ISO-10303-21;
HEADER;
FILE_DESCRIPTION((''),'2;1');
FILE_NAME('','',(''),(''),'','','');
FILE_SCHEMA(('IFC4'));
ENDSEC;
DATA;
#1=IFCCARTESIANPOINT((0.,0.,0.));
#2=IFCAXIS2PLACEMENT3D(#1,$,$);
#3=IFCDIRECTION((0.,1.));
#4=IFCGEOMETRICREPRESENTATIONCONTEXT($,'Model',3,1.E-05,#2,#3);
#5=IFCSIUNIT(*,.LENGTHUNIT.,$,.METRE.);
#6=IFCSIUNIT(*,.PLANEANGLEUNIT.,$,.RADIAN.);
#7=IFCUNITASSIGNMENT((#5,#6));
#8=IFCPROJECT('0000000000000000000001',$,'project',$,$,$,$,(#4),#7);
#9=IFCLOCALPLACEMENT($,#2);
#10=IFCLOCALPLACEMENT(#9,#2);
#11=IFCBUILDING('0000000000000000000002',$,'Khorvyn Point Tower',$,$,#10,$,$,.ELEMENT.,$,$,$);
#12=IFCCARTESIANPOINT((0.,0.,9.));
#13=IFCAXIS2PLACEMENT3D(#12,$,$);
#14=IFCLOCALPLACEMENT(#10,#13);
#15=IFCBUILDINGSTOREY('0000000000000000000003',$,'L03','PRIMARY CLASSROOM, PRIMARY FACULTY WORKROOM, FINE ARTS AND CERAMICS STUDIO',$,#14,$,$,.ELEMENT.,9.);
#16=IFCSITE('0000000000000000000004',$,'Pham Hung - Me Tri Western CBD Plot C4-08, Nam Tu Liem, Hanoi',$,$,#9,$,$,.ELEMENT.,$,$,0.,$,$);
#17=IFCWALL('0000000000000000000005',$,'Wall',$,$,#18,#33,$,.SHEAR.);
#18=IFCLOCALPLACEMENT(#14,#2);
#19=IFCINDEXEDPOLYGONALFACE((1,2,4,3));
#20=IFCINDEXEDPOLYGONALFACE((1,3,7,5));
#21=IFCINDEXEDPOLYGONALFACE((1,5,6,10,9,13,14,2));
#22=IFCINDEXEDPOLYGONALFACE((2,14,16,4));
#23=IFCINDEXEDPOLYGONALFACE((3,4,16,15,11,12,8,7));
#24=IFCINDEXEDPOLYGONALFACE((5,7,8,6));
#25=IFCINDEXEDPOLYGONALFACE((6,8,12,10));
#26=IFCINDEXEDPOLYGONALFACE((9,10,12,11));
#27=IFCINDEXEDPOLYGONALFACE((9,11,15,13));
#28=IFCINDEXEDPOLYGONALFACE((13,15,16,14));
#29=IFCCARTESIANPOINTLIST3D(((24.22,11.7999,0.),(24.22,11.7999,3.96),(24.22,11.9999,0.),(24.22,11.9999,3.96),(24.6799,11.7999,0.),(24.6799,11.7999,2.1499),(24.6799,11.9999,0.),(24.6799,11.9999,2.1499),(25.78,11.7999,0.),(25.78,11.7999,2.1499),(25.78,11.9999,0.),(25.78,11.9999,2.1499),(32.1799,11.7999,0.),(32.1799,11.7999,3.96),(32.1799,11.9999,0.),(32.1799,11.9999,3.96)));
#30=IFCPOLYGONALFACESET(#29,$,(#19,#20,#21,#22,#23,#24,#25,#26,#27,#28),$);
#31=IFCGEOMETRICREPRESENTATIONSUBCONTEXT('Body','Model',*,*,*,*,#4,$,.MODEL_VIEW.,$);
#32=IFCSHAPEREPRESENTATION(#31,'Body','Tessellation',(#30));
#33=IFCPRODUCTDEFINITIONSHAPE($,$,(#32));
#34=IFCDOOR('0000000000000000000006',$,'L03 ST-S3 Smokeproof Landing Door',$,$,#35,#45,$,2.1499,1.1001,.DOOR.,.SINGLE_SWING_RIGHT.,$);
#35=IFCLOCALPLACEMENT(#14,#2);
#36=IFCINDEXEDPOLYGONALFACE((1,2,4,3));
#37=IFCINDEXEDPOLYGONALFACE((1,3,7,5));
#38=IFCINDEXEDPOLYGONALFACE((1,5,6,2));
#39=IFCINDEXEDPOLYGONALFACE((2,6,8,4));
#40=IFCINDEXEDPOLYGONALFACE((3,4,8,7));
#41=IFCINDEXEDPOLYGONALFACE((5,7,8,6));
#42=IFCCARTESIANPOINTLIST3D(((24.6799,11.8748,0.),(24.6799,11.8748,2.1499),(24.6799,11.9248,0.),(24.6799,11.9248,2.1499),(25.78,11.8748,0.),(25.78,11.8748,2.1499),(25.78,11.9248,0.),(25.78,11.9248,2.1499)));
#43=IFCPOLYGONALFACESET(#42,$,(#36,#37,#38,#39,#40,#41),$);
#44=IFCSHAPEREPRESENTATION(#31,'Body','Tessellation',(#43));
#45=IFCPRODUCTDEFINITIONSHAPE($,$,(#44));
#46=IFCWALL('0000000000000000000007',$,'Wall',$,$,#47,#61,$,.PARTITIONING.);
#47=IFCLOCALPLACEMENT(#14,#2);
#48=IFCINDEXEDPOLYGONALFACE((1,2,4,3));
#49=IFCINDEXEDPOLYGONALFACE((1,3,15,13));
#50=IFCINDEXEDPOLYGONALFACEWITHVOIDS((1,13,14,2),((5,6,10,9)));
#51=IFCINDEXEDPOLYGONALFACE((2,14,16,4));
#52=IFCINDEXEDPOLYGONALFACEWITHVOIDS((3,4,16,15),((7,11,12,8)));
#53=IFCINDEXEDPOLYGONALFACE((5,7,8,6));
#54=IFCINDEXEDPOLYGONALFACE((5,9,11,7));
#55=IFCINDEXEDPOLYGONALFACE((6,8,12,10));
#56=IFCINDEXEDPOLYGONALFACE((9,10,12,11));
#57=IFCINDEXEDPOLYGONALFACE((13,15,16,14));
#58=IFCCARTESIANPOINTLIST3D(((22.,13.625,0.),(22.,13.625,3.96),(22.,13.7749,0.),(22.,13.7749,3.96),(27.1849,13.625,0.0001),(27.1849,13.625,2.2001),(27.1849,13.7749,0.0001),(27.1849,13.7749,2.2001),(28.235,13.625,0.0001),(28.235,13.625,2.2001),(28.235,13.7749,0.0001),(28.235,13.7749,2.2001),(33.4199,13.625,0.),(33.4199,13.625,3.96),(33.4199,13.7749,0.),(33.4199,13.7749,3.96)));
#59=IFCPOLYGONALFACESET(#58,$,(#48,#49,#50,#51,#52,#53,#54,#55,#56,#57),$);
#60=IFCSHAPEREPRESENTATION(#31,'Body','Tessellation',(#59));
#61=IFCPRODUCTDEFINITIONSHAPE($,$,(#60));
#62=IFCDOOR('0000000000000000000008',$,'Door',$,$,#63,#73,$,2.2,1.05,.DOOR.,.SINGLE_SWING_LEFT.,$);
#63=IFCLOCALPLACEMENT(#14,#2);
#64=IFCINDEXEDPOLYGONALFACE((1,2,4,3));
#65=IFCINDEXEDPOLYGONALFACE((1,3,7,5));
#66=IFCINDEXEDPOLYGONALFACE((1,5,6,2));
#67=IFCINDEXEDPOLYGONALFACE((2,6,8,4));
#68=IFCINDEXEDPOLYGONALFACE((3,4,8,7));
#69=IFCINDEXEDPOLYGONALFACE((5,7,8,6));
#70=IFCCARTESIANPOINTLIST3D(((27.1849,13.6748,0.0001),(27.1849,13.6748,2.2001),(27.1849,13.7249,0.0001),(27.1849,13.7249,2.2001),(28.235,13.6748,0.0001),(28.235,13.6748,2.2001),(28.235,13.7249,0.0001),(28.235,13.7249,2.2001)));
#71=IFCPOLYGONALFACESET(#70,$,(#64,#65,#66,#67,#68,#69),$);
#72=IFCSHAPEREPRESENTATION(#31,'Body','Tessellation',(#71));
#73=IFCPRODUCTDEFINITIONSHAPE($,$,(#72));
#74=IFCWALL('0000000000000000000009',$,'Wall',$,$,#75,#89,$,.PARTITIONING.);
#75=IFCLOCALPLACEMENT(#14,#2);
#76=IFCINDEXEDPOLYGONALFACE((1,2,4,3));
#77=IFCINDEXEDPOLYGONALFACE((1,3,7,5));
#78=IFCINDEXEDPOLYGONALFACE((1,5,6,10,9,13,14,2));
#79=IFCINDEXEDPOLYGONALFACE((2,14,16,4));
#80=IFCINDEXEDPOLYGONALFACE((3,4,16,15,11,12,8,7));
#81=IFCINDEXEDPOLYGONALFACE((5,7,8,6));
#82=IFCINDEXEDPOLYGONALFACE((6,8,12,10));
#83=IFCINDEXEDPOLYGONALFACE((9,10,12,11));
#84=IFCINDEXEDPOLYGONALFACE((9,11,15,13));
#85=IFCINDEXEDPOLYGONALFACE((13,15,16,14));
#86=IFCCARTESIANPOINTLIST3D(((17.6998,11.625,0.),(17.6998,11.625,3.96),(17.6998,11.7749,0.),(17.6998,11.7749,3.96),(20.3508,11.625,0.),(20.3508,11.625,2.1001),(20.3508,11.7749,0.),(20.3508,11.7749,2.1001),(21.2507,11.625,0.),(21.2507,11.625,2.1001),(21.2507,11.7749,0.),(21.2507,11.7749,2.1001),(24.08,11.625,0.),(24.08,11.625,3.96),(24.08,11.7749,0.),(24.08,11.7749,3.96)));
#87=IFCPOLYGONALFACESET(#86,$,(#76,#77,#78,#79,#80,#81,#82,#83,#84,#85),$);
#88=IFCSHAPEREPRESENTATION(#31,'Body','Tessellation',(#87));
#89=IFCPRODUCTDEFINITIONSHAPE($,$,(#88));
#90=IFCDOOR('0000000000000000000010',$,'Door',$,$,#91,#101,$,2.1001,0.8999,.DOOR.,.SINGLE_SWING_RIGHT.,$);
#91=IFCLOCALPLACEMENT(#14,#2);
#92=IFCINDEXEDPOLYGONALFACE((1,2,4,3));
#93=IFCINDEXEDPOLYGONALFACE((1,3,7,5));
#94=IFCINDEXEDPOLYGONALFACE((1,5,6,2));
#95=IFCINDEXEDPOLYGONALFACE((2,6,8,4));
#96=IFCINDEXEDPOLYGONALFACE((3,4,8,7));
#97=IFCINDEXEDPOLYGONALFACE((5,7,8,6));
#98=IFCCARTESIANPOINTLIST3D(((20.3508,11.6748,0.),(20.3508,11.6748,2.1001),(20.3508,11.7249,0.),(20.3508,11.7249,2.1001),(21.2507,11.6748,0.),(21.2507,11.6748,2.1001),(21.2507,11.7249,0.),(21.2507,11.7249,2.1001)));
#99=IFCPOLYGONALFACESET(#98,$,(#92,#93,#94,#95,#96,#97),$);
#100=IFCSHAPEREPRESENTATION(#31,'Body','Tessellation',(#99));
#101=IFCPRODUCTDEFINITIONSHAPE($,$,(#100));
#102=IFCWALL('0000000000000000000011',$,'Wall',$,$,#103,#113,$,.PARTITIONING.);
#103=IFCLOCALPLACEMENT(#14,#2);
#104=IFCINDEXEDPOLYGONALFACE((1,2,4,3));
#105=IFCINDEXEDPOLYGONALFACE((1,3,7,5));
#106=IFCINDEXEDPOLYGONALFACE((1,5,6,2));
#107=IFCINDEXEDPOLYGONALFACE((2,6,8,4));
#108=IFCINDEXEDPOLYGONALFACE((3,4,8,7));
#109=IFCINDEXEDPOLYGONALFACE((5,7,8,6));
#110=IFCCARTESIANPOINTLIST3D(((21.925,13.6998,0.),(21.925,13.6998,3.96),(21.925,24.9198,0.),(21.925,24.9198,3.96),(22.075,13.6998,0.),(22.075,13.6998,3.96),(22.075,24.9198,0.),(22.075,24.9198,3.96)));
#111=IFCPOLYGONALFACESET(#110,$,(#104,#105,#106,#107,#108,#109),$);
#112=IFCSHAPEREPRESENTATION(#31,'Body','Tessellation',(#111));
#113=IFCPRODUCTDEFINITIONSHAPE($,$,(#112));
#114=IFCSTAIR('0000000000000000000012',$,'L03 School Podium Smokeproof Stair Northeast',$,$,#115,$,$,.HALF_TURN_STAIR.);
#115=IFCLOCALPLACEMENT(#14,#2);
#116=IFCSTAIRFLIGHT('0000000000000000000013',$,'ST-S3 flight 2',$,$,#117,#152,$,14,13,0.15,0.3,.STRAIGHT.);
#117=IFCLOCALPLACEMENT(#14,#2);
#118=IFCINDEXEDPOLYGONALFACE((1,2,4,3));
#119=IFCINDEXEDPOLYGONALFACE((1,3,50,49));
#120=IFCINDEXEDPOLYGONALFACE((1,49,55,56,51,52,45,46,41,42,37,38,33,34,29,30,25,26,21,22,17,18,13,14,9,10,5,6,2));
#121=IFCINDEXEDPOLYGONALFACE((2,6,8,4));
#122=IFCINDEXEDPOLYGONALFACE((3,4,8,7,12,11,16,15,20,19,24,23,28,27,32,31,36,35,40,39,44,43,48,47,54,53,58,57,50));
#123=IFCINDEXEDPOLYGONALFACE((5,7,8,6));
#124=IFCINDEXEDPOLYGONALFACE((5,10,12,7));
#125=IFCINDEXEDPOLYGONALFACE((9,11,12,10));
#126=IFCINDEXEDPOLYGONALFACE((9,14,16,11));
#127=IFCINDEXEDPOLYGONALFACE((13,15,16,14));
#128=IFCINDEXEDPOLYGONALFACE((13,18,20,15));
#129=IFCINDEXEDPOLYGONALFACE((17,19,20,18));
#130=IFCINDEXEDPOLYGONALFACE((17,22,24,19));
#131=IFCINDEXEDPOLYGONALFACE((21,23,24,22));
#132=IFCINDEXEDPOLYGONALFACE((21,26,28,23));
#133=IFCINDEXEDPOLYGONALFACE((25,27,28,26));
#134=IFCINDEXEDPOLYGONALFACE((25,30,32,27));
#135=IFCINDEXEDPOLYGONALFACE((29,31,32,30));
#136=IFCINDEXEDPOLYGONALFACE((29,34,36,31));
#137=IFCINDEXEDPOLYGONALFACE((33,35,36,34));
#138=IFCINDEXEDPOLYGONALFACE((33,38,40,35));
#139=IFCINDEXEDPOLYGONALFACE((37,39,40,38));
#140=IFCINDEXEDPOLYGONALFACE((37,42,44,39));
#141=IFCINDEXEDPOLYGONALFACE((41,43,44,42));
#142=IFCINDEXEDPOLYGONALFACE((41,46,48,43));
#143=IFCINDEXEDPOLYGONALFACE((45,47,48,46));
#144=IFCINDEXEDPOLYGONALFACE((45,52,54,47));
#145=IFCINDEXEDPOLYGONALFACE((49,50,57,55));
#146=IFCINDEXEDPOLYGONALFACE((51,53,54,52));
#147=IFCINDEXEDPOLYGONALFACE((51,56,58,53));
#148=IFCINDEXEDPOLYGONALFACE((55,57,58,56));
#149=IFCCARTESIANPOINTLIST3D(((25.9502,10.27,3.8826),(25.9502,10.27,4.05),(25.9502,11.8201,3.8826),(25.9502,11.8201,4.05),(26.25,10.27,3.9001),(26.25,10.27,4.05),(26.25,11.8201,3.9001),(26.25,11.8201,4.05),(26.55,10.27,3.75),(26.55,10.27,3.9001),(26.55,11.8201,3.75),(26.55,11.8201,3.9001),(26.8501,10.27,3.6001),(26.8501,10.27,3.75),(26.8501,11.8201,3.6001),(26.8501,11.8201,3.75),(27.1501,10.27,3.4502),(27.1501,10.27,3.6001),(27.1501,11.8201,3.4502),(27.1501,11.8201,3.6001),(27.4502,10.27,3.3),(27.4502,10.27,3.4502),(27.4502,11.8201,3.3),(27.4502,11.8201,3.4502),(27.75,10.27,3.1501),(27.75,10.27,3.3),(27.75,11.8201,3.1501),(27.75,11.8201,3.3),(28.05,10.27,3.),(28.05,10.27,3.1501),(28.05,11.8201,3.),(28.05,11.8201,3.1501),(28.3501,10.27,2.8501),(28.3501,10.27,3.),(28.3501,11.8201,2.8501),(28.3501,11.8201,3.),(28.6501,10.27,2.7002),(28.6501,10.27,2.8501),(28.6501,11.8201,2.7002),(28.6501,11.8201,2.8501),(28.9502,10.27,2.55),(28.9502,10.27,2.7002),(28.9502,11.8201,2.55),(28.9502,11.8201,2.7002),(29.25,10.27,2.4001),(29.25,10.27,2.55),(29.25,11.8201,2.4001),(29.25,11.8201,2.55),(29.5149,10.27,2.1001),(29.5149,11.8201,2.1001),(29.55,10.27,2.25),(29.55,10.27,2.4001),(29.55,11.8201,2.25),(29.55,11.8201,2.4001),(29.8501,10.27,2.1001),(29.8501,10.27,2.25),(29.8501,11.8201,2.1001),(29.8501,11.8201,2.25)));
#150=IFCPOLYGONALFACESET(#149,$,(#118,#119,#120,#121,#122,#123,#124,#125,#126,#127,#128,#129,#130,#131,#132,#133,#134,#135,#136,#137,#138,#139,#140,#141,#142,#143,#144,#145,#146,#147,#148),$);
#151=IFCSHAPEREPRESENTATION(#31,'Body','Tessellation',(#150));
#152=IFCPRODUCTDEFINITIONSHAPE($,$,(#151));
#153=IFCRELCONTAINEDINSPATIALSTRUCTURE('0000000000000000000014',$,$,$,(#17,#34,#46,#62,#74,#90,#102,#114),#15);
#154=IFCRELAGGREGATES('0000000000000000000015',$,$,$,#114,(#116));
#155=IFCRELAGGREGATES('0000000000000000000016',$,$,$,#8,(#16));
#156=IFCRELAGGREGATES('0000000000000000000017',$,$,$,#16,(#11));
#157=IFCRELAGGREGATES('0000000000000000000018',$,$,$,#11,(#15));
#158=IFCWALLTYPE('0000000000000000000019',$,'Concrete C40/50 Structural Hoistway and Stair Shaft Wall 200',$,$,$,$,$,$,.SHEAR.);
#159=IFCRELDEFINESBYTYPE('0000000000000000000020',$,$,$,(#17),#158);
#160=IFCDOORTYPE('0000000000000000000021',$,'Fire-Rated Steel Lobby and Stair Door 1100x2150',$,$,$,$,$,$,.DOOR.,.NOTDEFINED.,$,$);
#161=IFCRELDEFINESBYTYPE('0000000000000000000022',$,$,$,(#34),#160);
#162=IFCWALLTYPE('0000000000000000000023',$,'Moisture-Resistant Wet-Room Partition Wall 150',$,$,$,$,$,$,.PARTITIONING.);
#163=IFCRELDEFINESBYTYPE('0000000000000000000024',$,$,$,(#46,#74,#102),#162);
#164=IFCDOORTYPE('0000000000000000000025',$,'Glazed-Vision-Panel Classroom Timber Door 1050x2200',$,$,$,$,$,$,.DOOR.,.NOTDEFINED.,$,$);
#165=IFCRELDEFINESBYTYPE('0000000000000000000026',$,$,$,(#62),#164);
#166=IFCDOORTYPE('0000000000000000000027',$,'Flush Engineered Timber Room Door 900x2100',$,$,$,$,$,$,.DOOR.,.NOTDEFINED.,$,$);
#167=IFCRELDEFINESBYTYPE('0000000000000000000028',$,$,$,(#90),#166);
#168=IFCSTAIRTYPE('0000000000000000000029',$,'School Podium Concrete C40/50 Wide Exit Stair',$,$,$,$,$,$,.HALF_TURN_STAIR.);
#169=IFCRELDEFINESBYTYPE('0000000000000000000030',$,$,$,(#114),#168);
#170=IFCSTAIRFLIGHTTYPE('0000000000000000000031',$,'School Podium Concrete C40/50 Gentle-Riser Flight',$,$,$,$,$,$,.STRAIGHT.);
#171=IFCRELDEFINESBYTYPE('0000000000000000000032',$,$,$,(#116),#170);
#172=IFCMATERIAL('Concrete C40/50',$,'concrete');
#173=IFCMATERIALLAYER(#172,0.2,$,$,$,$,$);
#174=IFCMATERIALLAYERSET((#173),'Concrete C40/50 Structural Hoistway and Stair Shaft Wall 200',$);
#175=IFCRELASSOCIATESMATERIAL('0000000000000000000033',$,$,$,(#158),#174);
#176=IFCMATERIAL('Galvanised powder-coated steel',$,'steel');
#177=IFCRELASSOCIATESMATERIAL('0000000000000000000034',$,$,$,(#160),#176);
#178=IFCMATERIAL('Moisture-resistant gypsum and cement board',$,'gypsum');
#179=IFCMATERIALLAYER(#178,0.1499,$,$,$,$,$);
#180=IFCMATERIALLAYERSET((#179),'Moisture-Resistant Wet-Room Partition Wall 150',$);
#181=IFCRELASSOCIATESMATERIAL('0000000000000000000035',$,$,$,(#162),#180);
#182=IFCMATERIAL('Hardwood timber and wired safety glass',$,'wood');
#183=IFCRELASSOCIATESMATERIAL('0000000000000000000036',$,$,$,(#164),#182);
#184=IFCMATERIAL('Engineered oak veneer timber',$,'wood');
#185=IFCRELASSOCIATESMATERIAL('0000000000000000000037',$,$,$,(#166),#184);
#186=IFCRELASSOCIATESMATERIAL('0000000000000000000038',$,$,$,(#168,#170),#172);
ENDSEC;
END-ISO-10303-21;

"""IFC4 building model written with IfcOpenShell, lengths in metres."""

from ifc_helpers import new_model, si_unit, direction, frame, frame_2d, origin, place, context, subcontext, project, spatial, polyline, rectangle, outline, extrude, material, layer, layer_set, type_object, element, fill, aggregate, save


model = new_model("IFC4")

# Units and contexts
model_context = context("Model", 3, precision=1e-05, world=origin(), true_north=direction((0.0, 1.0)))
body_context = subcontext(model_context, "Body", "Model", "MODEL_VIEW")
ifc_project = project(units=[si_unit("LENGTHUNIT", "METRE"), si_unit("PLANEANGLEUNIT", "RADIAN")], contexts=[model_context])

# Site, building, storey
site_placement = place(None, origin())
site = spatial("IfcSite", under=ifc_project, at=site_placement, Name="Pham Hung - Me Tri Western CBD Plot C4-08, Nam Tu Liem, Hanoi", CompositionType="ELEMENT", RefElevation=0.0)
building_placement = place(site_placement, origin())
building = spatial("IfcBuilding", under=site, at=building_placement, Name="Khorvyn Point Tower", CompositionType="ELEMENT")
storey_placement = place(building_placement, frame((0.0, 0.0, 9.0)))
storey = spatial("IfcBuildingStorey", under=building, at=storey_placement, Name="L03", Description="PRIMARY CLASSROOM, PRIMARY FACULTY WORKROOM, FINE ARTS AND CERAMICS STUDIO", CompositionType="ELEMENT", Elevation=9.0)

# Shared definitions
ifc_material_1 = material(Name="Concrete C40/50", Category="concrete")

# Shared definitions
ifc_layer_1 = layer(ifc_material_1, 0.2)
ifc_layer_set_1 = layer_set([ifc_layer_1], Name="Concrete C40/50 Structural Hoistway and Stair Shaft Wall 200")
wall_type_1 = type_object("IfcWallType", Name="Concrete C40/50 Structural Hoistway and Stair Shaft Wall 200", PredefinedType="SHEAR", material=ifc_layer_set_1)

# Walls, openings, doors
wall_1_placement = place(storey_placement, frame((24.22, 11.8999, 0.0), z_axis=(0.0, 0.0, 1.0), x_axis=(1.0, 0.0, 0.0)))
wall_1 = element("IfcWall", 1, at=wall_1_placement, inside=storey, type_object=wall_type_1, Name="Wall", PredefinedType="SHEAR", context=body_context, shape_type="SweptSolid", body=[
    extrude(rectangle(XDim=7.96, YDim=0.2, at=frame_2d((3.98, 0.0))), origin(), (0.0, 0.0, 1.0), 3.96),
])
opening_1_placement = place(wall_1_placement, frame((0.46, 0.0, 0.0)))
opening_1 = element("IfcOpeningElement", 2, at=opening_1_placement, cuts=wall_1, PredefinedType="OPENING", context=body_context, shape_type="SweptSolid", body=[
    extrude(rectangle(XDim=1.1001, YDim=2.1499, at=frame_2d((0.55, 1.075))), frame((0.0, 0.1099, 0.0), z_axis=(0.0, -1.0, 0.0), x_axis=(1.0, 0.0, 0.0)), (0.0, 0.0, 1.0), 0.22),
])
ifc_material_2 = material(Name="Galvanised powder-coated steel", Category="steel")
door_type_1 = type_object("IfcDoorType", Name="Fire-Rated Steel Lobby and Stair Door 1100x2150", OperationType="NOTDEFINED", PredefinedType="DOOR", material=ifc_material_2)
door_1_placement = place(opening_1_placement, origin())
door_1 = element("IfcDoor", 3, at=door_1_placement, inside=storey, type_object=door_type_1, Name="L03 ST-S3 Smokeproof Landing Door", OperationType="SINGLE_SWING_RIGHT", OverallHeight=2.1499, OverallWidth=1.1001, PredefinedType="DOOR", context=body_context, shape_type="SweptSolid", body=[
    extrude(rectangle(XDim=1.1001, YDim=2.1499, at=frame_2d((0.55, 1.075))), frame((0.0, 0.0249, 0.0), z_axis=(0.0, -1.0, 0.0), x_axis=(1.0, 0.0, 0.0)), (0.0, 0.0, 1.0), 0.05),
])
fill(opening_1, door_1)
ifc_material_3 = material(Name="Moisture-resistant gypsum and cement board", Category="gypsum")
ifc_layer_2 = layer(ifc_material_3, 0.1499)
ifc_layer_set_2 = layer_set([ifc_layer_2], Name="Moisture-Resistant Wet-Room Partition Wall 150")
wall_type_2 = type_object("IfcWallType", Name="Moisture-Resistant Wet-Room Partition Wall 150", PredefinedType="PARTITIONING", material=ifc_layer_set_2)
wall_2_placement = place(storey_placement, frame((22.0, 13.7, 0.0), z_axis=(0.0, 0.0, 1.0), x_axis=(1.0, 0.0, 0.0)))
wall_2 = element("IfcWall", 4, at=wall_2_placement, inside=storey, type_object=wall_type_2, Name="Wall", PredefinedType="PARTITIONING", context=body_context, shape_type="SweptSolid", body=[
    extrude(rectangle(XDim=11.4199, YDim=0.1499, at=frame_2d((5.71, 0.0))), origin(), (0.0, 0.0, 1.0), 3.96),
])
opening_2_placement = place(wall_2_placement, frame((5.1851, 0.0, 0.0)))
opening_2 = element("IfcOpeningElement", 5, at=opening_2_placement, cuts=wall_2, PredefinedType="OPENING", context=body_context, shape_type="SweptSolid", body=[
    extrude(rectangle(XDim=1.05, YDim=2.2, at=frame_2d((0.5249, 1.1001))), frame((0.0, 0.085, 0.0), z_axis=(0.0, -1.0, 0.0), x_axis=(1.0, 0.0, 0.0)), (0.0, 0.0, 1.0), 0.1699),
])
ifc_material_4 = material(Name="Hardwood timber and wired safety glass", Category="wood")
door_type_2 = type_object("IfcDoorType", Name="Glazed-Vision-Panel Classroom Timber Door 1050x2200", OperationType="NOTDEFINED", PredefinedType="DOOR", material=ifc_material_4)
door_2_placement = place(opening_2_placement, origin())
door_2 = element("IfcDoor", 6, at=door_2_placement, inside=storey, type_object=door_type_2, Name="Door", OperationType="SINGLE_SWING_LEFT", OverallHeight=2.2, OverallWidth=1.05, PredefinedType="DOOR", context=body_context, shape_type="SweptSolid", body=[
    extrude(rectangle(XDim=1.05, YDim=2.2, at=frame_2d((0.5249, 1.1001))), frame((0.0, 0.0249, 0.0), z_axis=(0.0, -1.0, 0.0), x_axis=(1.0, 0.0, 0.0)), (0.0, 0.0, 1.0), 0.05),
])
fill(opening_2, door_2)
wall_3_placement = place(storey_placement, frame((17.7, 11.7, 0.0), z_axis=(0.0, 0.0, 1.0), x_axis=(1.0, 0.0, 0.0)))
wall_3 = element("IfcWall", 7, at=wall_3_placement, inside=storey, type_object=wall_type_2, Name="Wall", PredefinedType="PARTITIONING", context=body_context, shape_type="SweptSolid", body=[
    extrude(rectangle(XDim=6.3801, YDim=0.1499, at=frame_2d((3.1899, 0.0))), origin(), (0.0, 0.0, 1.0), 3.96),
])
opening_3_placement = place(wall_3_placement, frame((2.6509, 0.0, 0.0)))
opening_3 = element("IfcOpeningElement", 8, at=opening_3_placement, cuts=wall_3, PredefinedType="OPENING", context=body_context, shape_type="SweptSolid", body=[
    extrude(rectangle(XDim=0.8999, YDim=2.1001, at=frame_2d((0.45, 1.05))), frame((0.0, 0.085, 0.0), z_axis=(0.0, -1.0, 0.0), x_axis=(1.0, 0.0, 0.0)), (0.0, 0.0, 1.0), 0.1699),
])
ifc_material_5 = material(Name="Engineered oak veneer timber", Category="wood")
door_type_3 = type_object("IfcDoorType", Name="Flush Engineered Timber Room Door 900x2100", OperationType="NOTDEFINED", PredefinedType="DOOR", material=ifc_material_5)
door_3_placement = place(opening_3_placement, origin())
door_3 = element("IfcDoor", 9, at=door_3_placement, inside=storey, type_object=door_type_3, Name="Door", OperationType="SINGLE_SWING_RIGHT", OverallHeight=2.1001, OverallWidth=0.8999, PredefinedType="DOOR", context=body_context, shape_type="SweptSolid", body=[
    extrude(rectangle(XDim=0.8999, YDim=2.1001, at=frame_2d((0.45, 1.05))), frame((0.0, 0.0249, 0.0), z_axis=(0.0, -1.0, 0.0), x_axis=(1.0, 0.0, 0.0)), (0.0, 0.0, 1.0), 0.05),
])
fill(opening_3, door_3)

# Wall
wall_4_placement = place(storey_placement, frame((22.0, 13.7, 0.0), z_axis=(0.0, 0.0, 1.0), x_axis=(0.0, 1.0, 0.0)))
element("IfcWall", 10, at=wall_4_placement, inside=storey, type_object=wall_type_2, Name="Wall", PredefinedType="PARTITIONING", context=body_context, shape_type="SweptSolid", body=[
    extrude(rectangle(XDim=11.22, YDim=0.1499, at=frame_2d((5.6099, 0.0))), origin(), (0.0, 0.0, 1.0), 3.96),
])

# Stair, stair flight
stair_type = type_object("IfcStairType", Name="School Podium Concrete C40/50 Wide Exit Stair", PredefinedType="HALF_TURN_STAIR", material=ifc_material_1)
stair_placement = place(storey_placement, origin())
stair = element("IfcStair", 11, at=stair_placement, inside=storey, type_object=stair_type, Name="L03 School Podium Smokeproof Stair Northeast", PredefinedType="HALF_TURN_STAIR")
stair_flight_type = type_object("IfcStairFlightType", Name="School Podium Concrete C40/50 Gentle-Riser Flight", PredefinedType="STRAIGHT", material=ifc_material_1)
stair_flight_placement = place(storey_placement, frame((29.8501, 11.0449, 2.1001), z_axis=(0.0, 0.0, 1.0), x_axis=(-1.0, 0.0, 0.0)))
stair_flight = element("IfcStairFlight", 12, at=stair_flight_placement, type_object=stair_flight_type, Name="ST-S3 flight 2", NumberOfRisers=14, NumberOfTreads=13, PredefinedType="STRAIGHT", RiserHeight=0.15, TreadLength=0.3, context=body_context, shape_type="SweptSolid", body=[
    extrude(outline(polyline([(0.0, 0.0), (0.0, 0.1499), (0.3, 0.1499), (0.3, 0.3), (0.6001, 0.3), (0.6001, 0.45), (0.8999, 0.45), (0.8999, 0.6001), (1.2, 0.6001), (1.2, 0.75), (1.5, 0.75), (1.5, 0.8999), (1.8, 0.8999), (1.8, 1.05), (2.1001, 1.05), (2.1001, 1.2), (2.3999, 1.2), (2.3999, 1.3501), (2.7, 1.3501), (2.7, 1.5), (3.0, 1.5), (3.0, 1.6499), (3.3, 1.6499), (3.3, 1.8), (3.6001, 1.8), (3.6001, 1.95), (3.8999, 1.95), (3.8999, 2.1001), (3.8999, 1.7825), (0.3352, 0.0), (0.0, 0.0)])), frame((0.0, 0.7749, 0.0), z_axis=(0.0, -1.0, 0.0), x_axis=(1.0, 0.0, 0.0)), (0.0, 0.0, 1.0), 1.55),
])
aggregate(stair, [stair_flight])

save(model, "model.ifc")
